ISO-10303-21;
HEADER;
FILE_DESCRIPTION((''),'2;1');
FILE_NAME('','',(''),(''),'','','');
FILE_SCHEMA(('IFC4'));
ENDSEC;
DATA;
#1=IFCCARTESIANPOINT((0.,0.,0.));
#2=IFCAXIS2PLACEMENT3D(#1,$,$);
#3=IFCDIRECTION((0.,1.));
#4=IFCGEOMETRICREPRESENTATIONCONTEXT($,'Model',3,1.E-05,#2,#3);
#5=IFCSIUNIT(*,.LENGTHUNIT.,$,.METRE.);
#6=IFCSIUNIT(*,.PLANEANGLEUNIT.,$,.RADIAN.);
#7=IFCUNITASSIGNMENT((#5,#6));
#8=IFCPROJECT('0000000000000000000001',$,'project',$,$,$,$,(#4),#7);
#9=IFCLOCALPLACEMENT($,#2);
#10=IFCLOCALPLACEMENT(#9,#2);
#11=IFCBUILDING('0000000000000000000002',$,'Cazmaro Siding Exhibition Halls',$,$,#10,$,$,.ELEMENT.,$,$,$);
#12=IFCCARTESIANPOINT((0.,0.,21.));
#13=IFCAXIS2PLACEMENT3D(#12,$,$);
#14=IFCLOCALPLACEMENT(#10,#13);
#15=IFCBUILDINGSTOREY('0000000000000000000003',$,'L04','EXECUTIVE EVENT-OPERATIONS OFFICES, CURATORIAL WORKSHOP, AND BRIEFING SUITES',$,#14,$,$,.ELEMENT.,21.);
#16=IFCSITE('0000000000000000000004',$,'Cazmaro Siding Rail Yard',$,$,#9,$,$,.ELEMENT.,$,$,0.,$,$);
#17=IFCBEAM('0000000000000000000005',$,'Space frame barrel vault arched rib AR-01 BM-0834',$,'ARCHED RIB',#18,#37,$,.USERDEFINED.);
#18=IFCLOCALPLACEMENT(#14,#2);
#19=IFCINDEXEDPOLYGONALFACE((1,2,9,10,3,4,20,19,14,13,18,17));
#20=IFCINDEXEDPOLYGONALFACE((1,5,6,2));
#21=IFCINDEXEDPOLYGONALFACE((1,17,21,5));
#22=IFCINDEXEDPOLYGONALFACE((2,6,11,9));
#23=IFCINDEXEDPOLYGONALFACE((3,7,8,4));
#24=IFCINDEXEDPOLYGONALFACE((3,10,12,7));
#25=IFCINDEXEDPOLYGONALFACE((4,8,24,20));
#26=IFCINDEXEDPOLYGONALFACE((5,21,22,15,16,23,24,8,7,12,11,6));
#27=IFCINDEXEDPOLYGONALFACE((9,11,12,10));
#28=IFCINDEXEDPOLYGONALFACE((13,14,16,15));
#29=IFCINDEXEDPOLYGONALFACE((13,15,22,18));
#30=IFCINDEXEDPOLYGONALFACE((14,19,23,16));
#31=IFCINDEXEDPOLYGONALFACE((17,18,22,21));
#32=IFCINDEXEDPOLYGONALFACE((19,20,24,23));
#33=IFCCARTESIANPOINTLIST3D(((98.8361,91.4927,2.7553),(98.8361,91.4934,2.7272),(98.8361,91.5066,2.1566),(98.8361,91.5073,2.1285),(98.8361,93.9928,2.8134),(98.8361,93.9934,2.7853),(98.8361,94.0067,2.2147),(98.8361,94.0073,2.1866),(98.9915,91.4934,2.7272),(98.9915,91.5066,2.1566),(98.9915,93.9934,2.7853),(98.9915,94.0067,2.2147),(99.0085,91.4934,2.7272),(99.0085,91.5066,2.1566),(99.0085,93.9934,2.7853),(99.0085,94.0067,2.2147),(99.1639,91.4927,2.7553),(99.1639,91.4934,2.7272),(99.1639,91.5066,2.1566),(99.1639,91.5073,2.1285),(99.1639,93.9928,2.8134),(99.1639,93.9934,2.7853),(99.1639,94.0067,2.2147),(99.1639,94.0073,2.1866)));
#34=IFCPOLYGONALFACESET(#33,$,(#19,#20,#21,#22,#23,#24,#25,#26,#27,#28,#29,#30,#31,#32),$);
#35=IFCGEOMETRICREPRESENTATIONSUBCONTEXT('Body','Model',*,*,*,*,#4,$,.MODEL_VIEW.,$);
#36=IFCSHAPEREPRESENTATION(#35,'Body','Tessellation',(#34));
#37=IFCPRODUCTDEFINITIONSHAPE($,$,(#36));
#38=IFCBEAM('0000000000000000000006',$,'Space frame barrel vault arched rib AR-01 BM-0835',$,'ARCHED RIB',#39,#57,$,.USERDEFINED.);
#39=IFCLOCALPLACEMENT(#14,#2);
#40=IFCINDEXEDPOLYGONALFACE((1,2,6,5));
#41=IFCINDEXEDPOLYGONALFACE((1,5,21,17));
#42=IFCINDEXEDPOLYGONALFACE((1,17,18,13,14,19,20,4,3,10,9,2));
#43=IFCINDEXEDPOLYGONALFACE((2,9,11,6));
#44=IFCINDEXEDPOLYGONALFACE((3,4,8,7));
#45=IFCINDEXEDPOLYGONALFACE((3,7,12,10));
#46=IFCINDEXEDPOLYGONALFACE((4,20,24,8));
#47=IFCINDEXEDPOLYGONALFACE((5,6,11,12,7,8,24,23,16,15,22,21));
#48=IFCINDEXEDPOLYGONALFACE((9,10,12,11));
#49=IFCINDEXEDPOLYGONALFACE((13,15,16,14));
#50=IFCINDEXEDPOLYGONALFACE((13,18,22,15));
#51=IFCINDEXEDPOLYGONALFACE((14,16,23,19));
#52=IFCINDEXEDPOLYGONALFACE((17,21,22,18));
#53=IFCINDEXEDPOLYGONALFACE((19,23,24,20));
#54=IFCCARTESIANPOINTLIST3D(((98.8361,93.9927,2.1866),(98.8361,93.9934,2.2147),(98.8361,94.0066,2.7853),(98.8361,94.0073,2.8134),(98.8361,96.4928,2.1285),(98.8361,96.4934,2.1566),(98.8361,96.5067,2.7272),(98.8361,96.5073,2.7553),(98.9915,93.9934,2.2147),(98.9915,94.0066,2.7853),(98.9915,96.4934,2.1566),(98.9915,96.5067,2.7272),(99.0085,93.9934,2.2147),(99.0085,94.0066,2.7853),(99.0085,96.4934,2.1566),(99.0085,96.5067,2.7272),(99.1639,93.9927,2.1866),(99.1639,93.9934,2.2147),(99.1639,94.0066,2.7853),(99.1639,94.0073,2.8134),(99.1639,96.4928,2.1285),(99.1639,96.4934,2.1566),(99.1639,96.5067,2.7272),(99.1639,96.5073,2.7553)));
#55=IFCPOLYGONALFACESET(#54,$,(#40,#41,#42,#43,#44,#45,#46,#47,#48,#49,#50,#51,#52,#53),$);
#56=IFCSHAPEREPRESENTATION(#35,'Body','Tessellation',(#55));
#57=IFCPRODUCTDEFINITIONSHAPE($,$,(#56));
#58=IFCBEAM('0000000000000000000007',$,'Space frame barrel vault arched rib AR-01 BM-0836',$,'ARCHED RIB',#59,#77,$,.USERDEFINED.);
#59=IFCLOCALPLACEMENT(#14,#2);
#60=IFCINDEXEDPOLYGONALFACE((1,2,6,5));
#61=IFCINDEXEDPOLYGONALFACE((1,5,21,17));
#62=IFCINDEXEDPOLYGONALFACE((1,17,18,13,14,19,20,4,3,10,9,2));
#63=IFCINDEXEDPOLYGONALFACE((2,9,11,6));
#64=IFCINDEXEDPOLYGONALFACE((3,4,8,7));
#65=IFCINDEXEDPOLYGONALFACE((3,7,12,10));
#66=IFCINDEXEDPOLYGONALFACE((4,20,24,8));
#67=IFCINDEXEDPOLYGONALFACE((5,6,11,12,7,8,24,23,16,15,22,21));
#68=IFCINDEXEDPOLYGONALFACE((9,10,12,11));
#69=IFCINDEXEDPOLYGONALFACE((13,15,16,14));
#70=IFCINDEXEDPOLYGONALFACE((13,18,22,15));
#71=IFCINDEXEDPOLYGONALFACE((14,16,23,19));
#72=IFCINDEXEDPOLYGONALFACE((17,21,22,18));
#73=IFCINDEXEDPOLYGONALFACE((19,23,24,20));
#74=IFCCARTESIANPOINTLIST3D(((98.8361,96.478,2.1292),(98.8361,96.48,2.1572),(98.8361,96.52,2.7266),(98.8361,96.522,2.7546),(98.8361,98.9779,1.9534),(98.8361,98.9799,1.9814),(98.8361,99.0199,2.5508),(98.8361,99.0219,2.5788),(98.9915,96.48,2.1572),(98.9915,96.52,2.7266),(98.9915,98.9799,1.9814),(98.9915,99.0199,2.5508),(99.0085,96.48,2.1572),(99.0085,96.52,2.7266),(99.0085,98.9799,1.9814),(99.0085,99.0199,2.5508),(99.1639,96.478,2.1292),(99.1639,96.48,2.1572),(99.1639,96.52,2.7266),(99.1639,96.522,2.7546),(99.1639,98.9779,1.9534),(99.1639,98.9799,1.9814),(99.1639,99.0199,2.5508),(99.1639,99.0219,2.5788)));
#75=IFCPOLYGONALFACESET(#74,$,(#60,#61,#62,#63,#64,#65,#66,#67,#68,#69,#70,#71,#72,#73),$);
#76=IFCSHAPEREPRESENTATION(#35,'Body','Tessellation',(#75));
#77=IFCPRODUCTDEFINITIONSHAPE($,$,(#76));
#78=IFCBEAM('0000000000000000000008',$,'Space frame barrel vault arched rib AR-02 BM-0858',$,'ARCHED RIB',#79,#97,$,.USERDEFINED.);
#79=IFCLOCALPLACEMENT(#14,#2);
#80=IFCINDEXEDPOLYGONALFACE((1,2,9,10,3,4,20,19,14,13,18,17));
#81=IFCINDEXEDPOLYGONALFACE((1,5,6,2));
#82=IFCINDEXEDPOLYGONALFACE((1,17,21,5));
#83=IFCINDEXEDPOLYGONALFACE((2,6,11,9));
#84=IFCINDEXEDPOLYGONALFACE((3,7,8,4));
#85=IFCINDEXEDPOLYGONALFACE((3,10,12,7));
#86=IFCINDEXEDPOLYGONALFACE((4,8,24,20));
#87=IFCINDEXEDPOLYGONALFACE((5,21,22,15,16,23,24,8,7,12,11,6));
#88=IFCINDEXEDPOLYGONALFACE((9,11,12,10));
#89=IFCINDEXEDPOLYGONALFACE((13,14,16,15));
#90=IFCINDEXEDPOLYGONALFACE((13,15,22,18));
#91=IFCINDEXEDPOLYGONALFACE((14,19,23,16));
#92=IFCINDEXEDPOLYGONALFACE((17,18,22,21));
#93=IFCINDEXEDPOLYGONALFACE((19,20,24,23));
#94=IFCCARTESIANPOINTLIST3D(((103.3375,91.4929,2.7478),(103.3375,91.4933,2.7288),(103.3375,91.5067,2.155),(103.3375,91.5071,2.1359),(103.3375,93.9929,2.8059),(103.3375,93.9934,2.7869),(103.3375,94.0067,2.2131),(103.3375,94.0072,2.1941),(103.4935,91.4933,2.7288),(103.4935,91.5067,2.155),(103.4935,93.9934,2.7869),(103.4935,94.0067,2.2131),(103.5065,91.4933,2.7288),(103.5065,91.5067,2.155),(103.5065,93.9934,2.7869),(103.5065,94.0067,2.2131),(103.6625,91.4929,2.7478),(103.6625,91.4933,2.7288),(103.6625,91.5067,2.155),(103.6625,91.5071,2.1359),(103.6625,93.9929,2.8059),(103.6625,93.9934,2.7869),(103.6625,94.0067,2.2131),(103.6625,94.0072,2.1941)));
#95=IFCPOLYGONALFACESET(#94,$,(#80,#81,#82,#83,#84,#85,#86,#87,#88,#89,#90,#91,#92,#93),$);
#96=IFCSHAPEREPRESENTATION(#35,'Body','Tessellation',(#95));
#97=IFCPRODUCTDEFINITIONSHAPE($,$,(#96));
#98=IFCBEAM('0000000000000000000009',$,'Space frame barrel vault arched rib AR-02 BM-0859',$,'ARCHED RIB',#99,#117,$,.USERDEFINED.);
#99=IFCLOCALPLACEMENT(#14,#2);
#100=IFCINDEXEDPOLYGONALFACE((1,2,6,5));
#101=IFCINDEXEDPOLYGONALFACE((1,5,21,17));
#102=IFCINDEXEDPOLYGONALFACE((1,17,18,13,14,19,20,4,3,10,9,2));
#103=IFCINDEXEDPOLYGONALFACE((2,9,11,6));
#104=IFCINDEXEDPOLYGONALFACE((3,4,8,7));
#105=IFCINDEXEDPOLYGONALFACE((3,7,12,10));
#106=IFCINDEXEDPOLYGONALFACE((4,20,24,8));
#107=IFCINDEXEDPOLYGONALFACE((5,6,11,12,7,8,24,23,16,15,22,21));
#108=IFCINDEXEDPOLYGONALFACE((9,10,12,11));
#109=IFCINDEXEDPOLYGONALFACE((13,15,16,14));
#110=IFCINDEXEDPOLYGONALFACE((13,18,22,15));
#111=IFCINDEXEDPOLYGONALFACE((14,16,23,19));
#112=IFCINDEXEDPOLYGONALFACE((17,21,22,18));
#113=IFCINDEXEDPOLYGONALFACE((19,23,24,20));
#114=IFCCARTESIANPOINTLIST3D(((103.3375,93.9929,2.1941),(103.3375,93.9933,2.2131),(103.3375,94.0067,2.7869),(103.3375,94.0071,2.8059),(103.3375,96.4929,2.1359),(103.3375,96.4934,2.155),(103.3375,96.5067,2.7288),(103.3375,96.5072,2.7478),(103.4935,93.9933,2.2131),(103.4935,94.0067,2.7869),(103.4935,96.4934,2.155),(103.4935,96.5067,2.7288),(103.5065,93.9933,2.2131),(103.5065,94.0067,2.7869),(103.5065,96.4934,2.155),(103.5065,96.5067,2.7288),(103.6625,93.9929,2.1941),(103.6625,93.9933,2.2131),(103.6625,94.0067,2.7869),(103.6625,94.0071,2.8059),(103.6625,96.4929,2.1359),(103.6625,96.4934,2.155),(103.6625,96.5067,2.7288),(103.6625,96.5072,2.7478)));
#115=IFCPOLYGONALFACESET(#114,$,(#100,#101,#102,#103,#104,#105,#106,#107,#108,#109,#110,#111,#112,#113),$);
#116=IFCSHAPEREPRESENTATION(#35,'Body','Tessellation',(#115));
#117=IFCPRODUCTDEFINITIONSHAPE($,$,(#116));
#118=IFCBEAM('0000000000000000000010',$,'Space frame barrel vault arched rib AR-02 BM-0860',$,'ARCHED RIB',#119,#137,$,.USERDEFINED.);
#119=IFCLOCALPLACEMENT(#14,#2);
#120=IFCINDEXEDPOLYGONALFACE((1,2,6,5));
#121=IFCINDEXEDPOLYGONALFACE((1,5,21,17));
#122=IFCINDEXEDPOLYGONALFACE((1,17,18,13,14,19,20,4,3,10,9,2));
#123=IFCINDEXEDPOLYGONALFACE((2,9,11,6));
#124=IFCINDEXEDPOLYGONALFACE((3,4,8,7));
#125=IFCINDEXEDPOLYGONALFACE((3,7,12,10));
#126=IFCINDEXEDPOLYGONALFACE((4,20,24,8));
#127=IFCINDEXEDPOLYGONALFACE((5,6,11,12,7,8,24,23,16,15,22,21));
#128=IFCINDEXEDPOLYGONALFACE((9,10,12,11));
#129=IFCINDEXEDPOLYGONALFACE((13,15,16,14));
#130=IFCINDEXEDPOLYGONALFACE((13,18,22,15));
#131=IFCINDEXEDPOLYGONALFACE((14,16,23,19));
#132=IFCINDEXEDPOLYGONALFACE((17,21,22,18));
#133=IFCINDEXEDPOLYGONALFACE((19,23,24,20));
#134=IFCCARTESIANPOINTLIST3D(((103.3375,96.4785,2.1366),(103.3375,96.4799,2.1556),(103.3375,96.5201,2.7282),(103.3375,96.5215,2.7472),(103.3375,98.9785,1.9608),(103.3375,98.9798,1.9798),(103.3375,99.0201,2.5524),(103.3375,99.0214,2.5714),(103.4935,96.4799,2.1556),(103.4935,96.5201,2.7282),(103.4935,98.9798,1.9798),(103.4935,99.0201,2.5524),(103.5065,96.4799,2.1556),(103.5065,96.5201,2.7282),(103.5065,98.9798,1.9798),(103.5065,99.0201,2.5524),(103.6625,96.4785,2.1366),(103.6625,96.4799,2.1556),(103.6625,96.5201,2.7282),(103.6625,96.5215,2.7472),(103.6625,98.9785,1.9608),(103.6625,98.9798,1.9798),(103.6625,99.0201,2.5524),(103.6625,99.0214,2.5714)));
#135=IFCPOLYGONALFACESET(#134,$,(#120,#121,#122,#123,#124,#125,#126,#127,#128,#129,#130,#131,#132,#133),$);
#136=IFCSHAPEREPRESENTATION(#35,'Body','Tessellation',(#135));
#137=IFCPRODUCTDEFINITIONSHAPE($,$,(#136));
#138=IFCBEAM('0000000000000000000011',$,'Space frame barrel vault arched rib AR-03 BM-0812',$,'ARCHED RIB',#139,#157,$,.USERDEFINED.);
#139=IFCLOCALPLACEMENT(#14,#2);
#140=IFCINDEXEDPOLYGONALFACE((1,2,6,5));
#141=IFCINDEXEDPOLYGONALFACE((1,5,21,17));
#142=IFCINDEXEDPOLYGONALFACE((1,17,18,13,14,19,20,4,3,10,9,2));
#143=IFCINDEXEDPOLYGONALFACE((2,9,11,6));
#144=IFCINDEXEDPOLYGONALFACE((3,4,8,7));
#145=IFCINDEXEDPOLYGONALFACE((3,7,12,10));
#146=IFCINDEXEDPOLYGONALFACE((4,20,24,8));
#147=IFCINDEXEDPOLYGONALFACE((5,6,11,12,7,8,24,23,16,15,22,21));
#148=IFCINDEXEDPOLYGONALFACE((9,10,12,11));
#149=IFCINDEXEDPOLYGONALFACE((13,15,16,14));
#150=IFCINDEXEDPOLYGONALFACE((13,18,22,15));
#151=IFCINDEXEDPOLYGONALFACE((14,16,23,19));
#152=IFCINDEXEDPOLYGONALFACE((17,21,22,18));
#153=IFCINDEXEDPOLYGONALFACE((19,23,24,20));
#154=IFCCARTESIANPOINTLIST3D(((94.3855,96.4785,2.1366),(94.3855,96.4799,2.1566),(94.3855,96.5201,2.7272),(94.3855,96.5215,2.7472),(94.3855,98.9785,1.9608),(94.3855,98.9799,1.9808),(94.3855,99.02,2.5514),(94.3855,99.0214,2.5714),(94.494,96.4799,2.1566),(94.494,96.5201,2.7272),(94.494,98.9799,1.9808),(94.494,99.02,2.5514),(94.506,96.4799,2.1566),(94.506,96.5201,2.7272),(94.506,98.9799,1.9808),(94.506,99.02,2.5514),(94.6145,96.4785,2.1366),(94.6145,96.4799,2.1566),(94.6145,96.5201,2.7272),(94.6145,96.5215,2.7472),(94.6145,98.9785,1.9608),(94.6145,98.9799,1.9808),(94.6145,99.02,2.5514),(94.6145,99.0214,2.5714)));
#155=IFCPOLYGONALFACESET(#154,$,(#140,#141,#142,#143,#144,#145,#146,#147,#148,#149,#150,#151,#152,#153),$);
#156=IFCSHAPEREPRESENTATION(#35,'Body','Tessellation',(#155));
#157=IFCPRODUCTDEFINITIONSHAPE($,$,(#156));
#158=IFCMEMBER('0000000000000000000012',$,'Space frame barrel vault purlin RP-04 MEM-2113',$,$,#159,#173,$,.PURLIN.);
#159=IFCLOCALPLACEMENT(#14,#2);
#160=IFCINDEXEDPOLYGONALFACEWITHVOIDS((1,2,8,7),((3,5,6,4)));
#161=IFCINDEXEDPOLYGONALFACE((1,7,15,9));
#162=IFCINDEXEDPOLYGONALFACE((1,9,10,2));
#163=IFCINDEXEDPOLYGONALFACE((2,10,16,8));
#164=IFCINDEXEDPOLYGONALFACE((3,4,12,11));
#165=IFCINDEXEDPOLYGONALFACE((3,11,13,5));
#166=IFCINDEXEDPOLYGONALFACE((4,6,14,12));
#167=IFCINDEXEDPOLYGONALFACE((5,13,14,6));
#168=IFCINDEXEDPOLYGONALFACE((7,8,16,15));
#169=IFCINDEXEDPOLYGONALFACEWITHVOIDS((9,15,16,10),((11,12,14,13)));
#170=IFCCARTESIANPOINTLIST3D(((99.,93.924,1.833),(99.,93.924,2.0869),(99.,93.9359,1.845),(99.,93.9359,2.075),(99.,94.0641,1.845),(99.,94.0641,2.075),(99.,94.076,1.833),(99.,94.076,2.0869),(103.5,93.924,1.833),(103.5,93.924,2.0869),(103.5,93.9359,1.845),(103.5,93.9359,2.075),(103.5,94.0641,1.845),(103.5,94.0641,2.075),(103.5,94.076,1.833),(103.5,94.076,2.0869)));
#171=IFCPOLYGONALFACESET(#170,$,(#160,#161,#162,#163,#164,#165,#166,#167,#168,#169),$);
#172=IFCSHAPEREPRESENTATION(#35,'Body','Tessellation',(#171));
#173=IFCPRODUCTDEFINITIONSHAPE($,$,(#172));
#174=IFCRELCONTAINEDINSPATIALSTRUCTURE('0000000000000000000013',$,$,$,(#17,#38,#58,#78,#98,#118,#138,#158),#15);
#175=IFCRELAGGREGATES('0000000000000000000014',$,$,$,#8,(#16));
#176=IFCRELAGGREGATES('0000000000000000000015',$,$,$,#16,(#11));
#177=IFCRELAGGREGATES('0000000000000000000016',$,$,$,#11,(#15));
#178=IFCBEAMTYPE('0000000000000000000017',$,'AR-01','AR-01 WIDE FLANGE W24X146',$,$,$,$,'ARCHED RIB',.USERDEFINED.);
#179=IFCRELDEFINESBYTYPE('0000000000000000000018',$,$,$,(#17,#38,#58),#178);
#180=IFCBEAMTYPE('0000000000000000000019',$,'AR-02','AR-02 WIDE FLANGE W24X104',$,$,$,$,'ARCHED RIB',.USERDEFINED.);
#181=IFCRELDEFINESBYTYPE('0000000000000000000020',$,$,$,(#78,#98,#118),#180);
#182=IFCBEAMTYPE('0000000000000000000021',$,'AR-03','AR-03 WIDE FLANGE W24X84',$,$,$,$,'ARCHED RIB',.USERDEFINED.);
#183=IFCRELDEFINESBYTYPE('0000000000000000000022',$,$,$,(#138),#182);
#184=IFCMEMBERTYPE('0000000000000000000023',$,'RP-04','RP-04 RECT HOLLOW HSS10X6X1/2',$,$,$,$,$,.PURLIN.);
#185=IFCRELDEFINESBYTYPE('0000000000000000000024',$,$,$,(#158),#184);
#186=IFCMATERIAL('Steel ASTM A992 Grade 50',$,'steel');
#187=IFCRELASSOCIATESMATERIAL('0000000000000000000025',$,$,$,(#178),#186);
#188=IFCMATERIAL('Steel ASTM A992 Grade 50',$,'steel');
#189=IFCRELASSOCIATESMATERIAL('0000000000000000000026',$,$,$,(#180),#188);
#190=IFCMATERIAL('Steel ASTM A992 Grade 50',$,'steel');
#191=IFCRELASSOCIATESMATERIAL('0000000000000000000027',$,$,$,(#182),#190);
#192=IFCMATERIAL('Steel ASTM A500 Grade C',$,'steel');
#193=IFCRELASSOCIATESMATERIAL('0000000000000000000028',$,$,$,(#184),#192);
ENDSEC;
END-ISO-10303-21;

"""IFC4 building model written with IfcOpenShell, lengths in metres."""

from ifc_helpers import new_model, si_unit, direction, frame, origin, origin_2d, place, context, subcontext, project, spatial, hollow_rectangle, i_section, extrude, material, material_profile, profile_set, type_object, element, save


model = new_model("IFC4")

# Units and contexts
model_context = context("Model", 3, precision=1e-05, world=origin(), true_north=direction((0.0, 1.0)))
body_context = subcontext(model_context, "Body", "Model", "MODEL_VIEW")
ifc_project = project(units=[si_unit("LENGTHUNIT", "METRE"), si_unit("PLANEANGLEUNIT", "RADIAN")], contexts=[model_context])

# Site, building, storey
site_placement = place(None, origin())
site = spatial("IfcSite", under=ifc_project, at=site_placement, Name="Cazmaro Siding Rail Yard", CompositionType="ELEMENT", RefElevation=0.0)
building_placement = place(site_placement, origin())
building = spatial("IfcBuilding", under=site, at=building_placement, Name="Cazmaro Siding Exhibition Halls", CompositionType="ELEMENT")
storey_placement = place(building_placement, frame((0.0, 0.0, 21.0)))
storey = spatial("IfcBuildingStorey", under=building, at=storey_placement, Name="L04", Description="EXECUTIVE EVENT-OPERATIONS OFFICES, CURATORIAL WORKSHOP, AND BRIEFING SUITES", CompositionType="ELEMENT", Elevation=21.0)

# Beams
ifc_material_1 = material(Name="Steel ASTM A992 Grade 50", Category="steel")
ifc_material_profile_1 = material_profile(ifc_material_1, i_section(OverallWidth=0.3279, OverallDepth=0.627, WebThickness=0.0171, FlangeThickness=0.0281, at=origin_2d()), Name="W24X146")
ifc_profile_set_1 = profile_set([ifc_material_profile_1], Name="Steel ASTM A992 Grade 50")
beam_type_1 = type_object("IfcBeamType", Name="AR-01", Description="AR-01 WIDE FLANGE W24X146", ElementType="ARCHED RIB", PredefinedType="USERDEFINED", material=ifc_profile_set_1)
for number, where, z_axis, x_axis, name in (
    (1, (99.0, 91.5, 2.4419), (0.0, 0.99973, 0.023236), (-1.0, 0.0, 0.0), "Space frame barrel vault arched rib AR-01 BM-0834"),
    (2, (99.0, 94.0, 2.5), (0.0, 0.99973, -0.023236), (-1.0, 0.0, 0.0), "Space frame barrel vault arched rib AR-01 BM-0835"),
):
    element("IfcBeam", number, at=place(storey_placement, frame(where, z_axis=z_axis, x_axis=x_axis)), inside=storey, type_object=beam_type_1, Name=name, ObjectType="ARCHED RIB", PredefinedType="USERDEFINED", context=body_context, shape_type="SweptSolid", body=[
        extrude(i_section(OverallWidth=0.3279, OverallDepth=0.627, WebThickness=0.0171, FlangeThickness=0.0281, at=origin_2d()), origin(), (0.0, 0.0, 1.0), 2.5007),
    ])
beam_1_placement = place(storey_placement, frame((99.0, 96.5, 2.4419), z_axis=(0.0, 0.997537, -0.070139), x_axis=(-1.0, 0.0, 0.0)))
element("IfcBeam", 3, at=beam_1_placement, inside=storey, type_object=beam_type_1, Name="Space frame barrel vault arched rib AR-01 BM-0836", ObjectType="ARCHED RIB", PredefinedType="USERDEFINED", context=body_context, shape_type="SweptSolid", body=[
    extrude(i_section(OverallWidth=0.3279, OverallDepth=0.627, WebThickness=0.0171, FlangeThickness=0.0281, at=origin_2d()), origin(), (0.0, 0.0, 1.0), 2.5061),
])
ifc_material_2 = material(Name="Steel ASTM A992 Grade 50", Category="steel")
ifc_material_profile_2 = material_profile(ifc_material_2, i_section(OverallWidth=0.325, OverallDepth=0.6121, WebThickness=0.0129, FlangeThickness=0.019, at=origin_2d()), Name="W24X104")
ifc_profile_set_2 = profile_set([ifc_material_profile_2], Name="Steel ASTM A992 Grade 50")
beam_type_2 = type_object("IfcBeamType", Name="AR-02", Description="AR-02 WIDE FLANGE W24X104", ElementType="ARCHED RIB", PredefinedType="USERDEFINED", material=ifc_profile_set_2)
for number, where, z_axis, x_axis, name in (
    (4, (103.5, 91.5, 2.4419), (0.0, 0.99973, 0.023236), (-1.0, 0.0, 0.0), "Space frame barrel vault arched rib AR-02 BM-0858"),
    (5, (103.5, 94.0, 2.5), (0.0, 0.99973, -0.023236), (-1.0, 0.0, 0.0), "Space frame barrel vault arched rib AR-02 BM-0859"),
):
    element("IfcBeam", number, at=place(storey_placement, frame(where, z_axis=z_axis, x_axis=x_axis)), inside=storey, type_object=beam_type_2, Name=name, ObjectType="ARCHED RIB", PredefinedType="USERDEFINED", context=body_context, shape_type="SweptSolid", body=[
        extrude(i_section(OverallWidth=0.325, OverallDepth=0.6121, WebThickness=0.0129, FlangeThickness=0.019, at=origin_2d()), origin(), (0.0, 0.0, 1.0), 2.5007),
    ])
beam_2_placement = place(storey_placement, frame((103.5, 96.5, 2.4419), z_axis=(0.0, 0.997537, -0.070139), x_axis=(-1.0, 0.0, 0.0)))
element("IfcBeam", 6, at=beam_2_placement, inside=storey, type_object=beam_type_2, Name="Space frame barrel vault arched rib AR-02 BM-0860", ObjectType="ARCHED RIB", PredefinedType="USERDEFINED", context=body_context, shape_type="SweptSolid", body=[
    extrude(i_section(OverallWidth=0.325, OverallDepth=0.6121, WebThickness=0.0129, FlangeThickness=0.019, at=origin_2d()), origin(), (0.0, 0.0, 1.0), 2.5061),
])
ifc_material_3 = material(Name="Steel ASTM A992 Grade 50", Category="steel")
ifc_material_profile_3 = material_profile(ifc_material_3, i_section(OverallWidth=0.229, OverallDepth=0.6121, WebThickness=0.012, FlangeThickness=0.02, at=origin_2d()), Name="W24X84")
ifc_profile_set_3 = profile_set([ifc_material_profile_3], Name="Steel ASTM A992 Grade 50")
beam_type_3 = type_object("IfcBeamType", Name="AR-03", Description="AR-03 WIDE FLANGE W24X84", ElementType="ARCHED RIB", PredefinedType="USERDEFINED", material=ifc_profile_set_3)
beam_3_placement = place(storey_placement, frame((94.5, 96.5, 2.4419), z_axis=(0.0, 0.997537, -0.070139), x_axis=(-1.0, 0.0, 0.0)))
element("IfcBeam", 7, at=beam_3_placement, inside=storey, type_object=beam_type_3, Name="Space frame barrel vault arched rib AR-03 BM-0812", ObjectType="ARCHED RIB", PredefinedType="USERDEFINED", context=body_context, shape_type="SweptSolid", body=[
    extrude(i_section(OverallWidth=0.229, OverallDepth=0.6121, WebThickness=0.012, FlangeThickness=0.02, at=origin_2d()), origin(), (0.0, 0.0, 1.0), 2.5061),
])

# Member
ifc_material_4 = material(Name="Steel ASTM A500 Grade C", Category="steel")
ifc_material_profile_4 = material_profile(ifc_material_4, hollow_rectangle(XDim=0.1521, YDim=0.2539, WallThickness=0.012, at=origin_2d()), Name="HSS10X6X1/2")
ifc_profile_set_4 = profile_set([ifc_material_profile_4], Name="Steel ASTM A500 Grade C")
member_type_1 = type_object("IfcMemberType", Name="RP-04", Description="RP-04 RECT HOLLOW HSS10X6X1/2", PredefinedType="PURLIN", material=ifc_profile_set_4)
member_1_placement = place(storey_placement, frame((99.0, 94.0, 1.96), z_axis=(1.0, 0.0, 0.0), x_axis=(0.0, 1.0, 0.0)))
element("IfcMember", 8, at=member_1_placement, inside=storey, type_object=member_type_1, Name="Space frame barrel vault purlin RP-04 MEM-2113", PredefinedType="PURLIN", context=body_context, shape_type="SweptSolid", body=[
    extrude(hollow_rectangle(XDim=0.1521, YDim=0.2539, WallThickness=0.012, at=origin_2d()), origin(), (0.0, 0.0, 1.0), 4.5),
])

save(model, "model.ifc")
